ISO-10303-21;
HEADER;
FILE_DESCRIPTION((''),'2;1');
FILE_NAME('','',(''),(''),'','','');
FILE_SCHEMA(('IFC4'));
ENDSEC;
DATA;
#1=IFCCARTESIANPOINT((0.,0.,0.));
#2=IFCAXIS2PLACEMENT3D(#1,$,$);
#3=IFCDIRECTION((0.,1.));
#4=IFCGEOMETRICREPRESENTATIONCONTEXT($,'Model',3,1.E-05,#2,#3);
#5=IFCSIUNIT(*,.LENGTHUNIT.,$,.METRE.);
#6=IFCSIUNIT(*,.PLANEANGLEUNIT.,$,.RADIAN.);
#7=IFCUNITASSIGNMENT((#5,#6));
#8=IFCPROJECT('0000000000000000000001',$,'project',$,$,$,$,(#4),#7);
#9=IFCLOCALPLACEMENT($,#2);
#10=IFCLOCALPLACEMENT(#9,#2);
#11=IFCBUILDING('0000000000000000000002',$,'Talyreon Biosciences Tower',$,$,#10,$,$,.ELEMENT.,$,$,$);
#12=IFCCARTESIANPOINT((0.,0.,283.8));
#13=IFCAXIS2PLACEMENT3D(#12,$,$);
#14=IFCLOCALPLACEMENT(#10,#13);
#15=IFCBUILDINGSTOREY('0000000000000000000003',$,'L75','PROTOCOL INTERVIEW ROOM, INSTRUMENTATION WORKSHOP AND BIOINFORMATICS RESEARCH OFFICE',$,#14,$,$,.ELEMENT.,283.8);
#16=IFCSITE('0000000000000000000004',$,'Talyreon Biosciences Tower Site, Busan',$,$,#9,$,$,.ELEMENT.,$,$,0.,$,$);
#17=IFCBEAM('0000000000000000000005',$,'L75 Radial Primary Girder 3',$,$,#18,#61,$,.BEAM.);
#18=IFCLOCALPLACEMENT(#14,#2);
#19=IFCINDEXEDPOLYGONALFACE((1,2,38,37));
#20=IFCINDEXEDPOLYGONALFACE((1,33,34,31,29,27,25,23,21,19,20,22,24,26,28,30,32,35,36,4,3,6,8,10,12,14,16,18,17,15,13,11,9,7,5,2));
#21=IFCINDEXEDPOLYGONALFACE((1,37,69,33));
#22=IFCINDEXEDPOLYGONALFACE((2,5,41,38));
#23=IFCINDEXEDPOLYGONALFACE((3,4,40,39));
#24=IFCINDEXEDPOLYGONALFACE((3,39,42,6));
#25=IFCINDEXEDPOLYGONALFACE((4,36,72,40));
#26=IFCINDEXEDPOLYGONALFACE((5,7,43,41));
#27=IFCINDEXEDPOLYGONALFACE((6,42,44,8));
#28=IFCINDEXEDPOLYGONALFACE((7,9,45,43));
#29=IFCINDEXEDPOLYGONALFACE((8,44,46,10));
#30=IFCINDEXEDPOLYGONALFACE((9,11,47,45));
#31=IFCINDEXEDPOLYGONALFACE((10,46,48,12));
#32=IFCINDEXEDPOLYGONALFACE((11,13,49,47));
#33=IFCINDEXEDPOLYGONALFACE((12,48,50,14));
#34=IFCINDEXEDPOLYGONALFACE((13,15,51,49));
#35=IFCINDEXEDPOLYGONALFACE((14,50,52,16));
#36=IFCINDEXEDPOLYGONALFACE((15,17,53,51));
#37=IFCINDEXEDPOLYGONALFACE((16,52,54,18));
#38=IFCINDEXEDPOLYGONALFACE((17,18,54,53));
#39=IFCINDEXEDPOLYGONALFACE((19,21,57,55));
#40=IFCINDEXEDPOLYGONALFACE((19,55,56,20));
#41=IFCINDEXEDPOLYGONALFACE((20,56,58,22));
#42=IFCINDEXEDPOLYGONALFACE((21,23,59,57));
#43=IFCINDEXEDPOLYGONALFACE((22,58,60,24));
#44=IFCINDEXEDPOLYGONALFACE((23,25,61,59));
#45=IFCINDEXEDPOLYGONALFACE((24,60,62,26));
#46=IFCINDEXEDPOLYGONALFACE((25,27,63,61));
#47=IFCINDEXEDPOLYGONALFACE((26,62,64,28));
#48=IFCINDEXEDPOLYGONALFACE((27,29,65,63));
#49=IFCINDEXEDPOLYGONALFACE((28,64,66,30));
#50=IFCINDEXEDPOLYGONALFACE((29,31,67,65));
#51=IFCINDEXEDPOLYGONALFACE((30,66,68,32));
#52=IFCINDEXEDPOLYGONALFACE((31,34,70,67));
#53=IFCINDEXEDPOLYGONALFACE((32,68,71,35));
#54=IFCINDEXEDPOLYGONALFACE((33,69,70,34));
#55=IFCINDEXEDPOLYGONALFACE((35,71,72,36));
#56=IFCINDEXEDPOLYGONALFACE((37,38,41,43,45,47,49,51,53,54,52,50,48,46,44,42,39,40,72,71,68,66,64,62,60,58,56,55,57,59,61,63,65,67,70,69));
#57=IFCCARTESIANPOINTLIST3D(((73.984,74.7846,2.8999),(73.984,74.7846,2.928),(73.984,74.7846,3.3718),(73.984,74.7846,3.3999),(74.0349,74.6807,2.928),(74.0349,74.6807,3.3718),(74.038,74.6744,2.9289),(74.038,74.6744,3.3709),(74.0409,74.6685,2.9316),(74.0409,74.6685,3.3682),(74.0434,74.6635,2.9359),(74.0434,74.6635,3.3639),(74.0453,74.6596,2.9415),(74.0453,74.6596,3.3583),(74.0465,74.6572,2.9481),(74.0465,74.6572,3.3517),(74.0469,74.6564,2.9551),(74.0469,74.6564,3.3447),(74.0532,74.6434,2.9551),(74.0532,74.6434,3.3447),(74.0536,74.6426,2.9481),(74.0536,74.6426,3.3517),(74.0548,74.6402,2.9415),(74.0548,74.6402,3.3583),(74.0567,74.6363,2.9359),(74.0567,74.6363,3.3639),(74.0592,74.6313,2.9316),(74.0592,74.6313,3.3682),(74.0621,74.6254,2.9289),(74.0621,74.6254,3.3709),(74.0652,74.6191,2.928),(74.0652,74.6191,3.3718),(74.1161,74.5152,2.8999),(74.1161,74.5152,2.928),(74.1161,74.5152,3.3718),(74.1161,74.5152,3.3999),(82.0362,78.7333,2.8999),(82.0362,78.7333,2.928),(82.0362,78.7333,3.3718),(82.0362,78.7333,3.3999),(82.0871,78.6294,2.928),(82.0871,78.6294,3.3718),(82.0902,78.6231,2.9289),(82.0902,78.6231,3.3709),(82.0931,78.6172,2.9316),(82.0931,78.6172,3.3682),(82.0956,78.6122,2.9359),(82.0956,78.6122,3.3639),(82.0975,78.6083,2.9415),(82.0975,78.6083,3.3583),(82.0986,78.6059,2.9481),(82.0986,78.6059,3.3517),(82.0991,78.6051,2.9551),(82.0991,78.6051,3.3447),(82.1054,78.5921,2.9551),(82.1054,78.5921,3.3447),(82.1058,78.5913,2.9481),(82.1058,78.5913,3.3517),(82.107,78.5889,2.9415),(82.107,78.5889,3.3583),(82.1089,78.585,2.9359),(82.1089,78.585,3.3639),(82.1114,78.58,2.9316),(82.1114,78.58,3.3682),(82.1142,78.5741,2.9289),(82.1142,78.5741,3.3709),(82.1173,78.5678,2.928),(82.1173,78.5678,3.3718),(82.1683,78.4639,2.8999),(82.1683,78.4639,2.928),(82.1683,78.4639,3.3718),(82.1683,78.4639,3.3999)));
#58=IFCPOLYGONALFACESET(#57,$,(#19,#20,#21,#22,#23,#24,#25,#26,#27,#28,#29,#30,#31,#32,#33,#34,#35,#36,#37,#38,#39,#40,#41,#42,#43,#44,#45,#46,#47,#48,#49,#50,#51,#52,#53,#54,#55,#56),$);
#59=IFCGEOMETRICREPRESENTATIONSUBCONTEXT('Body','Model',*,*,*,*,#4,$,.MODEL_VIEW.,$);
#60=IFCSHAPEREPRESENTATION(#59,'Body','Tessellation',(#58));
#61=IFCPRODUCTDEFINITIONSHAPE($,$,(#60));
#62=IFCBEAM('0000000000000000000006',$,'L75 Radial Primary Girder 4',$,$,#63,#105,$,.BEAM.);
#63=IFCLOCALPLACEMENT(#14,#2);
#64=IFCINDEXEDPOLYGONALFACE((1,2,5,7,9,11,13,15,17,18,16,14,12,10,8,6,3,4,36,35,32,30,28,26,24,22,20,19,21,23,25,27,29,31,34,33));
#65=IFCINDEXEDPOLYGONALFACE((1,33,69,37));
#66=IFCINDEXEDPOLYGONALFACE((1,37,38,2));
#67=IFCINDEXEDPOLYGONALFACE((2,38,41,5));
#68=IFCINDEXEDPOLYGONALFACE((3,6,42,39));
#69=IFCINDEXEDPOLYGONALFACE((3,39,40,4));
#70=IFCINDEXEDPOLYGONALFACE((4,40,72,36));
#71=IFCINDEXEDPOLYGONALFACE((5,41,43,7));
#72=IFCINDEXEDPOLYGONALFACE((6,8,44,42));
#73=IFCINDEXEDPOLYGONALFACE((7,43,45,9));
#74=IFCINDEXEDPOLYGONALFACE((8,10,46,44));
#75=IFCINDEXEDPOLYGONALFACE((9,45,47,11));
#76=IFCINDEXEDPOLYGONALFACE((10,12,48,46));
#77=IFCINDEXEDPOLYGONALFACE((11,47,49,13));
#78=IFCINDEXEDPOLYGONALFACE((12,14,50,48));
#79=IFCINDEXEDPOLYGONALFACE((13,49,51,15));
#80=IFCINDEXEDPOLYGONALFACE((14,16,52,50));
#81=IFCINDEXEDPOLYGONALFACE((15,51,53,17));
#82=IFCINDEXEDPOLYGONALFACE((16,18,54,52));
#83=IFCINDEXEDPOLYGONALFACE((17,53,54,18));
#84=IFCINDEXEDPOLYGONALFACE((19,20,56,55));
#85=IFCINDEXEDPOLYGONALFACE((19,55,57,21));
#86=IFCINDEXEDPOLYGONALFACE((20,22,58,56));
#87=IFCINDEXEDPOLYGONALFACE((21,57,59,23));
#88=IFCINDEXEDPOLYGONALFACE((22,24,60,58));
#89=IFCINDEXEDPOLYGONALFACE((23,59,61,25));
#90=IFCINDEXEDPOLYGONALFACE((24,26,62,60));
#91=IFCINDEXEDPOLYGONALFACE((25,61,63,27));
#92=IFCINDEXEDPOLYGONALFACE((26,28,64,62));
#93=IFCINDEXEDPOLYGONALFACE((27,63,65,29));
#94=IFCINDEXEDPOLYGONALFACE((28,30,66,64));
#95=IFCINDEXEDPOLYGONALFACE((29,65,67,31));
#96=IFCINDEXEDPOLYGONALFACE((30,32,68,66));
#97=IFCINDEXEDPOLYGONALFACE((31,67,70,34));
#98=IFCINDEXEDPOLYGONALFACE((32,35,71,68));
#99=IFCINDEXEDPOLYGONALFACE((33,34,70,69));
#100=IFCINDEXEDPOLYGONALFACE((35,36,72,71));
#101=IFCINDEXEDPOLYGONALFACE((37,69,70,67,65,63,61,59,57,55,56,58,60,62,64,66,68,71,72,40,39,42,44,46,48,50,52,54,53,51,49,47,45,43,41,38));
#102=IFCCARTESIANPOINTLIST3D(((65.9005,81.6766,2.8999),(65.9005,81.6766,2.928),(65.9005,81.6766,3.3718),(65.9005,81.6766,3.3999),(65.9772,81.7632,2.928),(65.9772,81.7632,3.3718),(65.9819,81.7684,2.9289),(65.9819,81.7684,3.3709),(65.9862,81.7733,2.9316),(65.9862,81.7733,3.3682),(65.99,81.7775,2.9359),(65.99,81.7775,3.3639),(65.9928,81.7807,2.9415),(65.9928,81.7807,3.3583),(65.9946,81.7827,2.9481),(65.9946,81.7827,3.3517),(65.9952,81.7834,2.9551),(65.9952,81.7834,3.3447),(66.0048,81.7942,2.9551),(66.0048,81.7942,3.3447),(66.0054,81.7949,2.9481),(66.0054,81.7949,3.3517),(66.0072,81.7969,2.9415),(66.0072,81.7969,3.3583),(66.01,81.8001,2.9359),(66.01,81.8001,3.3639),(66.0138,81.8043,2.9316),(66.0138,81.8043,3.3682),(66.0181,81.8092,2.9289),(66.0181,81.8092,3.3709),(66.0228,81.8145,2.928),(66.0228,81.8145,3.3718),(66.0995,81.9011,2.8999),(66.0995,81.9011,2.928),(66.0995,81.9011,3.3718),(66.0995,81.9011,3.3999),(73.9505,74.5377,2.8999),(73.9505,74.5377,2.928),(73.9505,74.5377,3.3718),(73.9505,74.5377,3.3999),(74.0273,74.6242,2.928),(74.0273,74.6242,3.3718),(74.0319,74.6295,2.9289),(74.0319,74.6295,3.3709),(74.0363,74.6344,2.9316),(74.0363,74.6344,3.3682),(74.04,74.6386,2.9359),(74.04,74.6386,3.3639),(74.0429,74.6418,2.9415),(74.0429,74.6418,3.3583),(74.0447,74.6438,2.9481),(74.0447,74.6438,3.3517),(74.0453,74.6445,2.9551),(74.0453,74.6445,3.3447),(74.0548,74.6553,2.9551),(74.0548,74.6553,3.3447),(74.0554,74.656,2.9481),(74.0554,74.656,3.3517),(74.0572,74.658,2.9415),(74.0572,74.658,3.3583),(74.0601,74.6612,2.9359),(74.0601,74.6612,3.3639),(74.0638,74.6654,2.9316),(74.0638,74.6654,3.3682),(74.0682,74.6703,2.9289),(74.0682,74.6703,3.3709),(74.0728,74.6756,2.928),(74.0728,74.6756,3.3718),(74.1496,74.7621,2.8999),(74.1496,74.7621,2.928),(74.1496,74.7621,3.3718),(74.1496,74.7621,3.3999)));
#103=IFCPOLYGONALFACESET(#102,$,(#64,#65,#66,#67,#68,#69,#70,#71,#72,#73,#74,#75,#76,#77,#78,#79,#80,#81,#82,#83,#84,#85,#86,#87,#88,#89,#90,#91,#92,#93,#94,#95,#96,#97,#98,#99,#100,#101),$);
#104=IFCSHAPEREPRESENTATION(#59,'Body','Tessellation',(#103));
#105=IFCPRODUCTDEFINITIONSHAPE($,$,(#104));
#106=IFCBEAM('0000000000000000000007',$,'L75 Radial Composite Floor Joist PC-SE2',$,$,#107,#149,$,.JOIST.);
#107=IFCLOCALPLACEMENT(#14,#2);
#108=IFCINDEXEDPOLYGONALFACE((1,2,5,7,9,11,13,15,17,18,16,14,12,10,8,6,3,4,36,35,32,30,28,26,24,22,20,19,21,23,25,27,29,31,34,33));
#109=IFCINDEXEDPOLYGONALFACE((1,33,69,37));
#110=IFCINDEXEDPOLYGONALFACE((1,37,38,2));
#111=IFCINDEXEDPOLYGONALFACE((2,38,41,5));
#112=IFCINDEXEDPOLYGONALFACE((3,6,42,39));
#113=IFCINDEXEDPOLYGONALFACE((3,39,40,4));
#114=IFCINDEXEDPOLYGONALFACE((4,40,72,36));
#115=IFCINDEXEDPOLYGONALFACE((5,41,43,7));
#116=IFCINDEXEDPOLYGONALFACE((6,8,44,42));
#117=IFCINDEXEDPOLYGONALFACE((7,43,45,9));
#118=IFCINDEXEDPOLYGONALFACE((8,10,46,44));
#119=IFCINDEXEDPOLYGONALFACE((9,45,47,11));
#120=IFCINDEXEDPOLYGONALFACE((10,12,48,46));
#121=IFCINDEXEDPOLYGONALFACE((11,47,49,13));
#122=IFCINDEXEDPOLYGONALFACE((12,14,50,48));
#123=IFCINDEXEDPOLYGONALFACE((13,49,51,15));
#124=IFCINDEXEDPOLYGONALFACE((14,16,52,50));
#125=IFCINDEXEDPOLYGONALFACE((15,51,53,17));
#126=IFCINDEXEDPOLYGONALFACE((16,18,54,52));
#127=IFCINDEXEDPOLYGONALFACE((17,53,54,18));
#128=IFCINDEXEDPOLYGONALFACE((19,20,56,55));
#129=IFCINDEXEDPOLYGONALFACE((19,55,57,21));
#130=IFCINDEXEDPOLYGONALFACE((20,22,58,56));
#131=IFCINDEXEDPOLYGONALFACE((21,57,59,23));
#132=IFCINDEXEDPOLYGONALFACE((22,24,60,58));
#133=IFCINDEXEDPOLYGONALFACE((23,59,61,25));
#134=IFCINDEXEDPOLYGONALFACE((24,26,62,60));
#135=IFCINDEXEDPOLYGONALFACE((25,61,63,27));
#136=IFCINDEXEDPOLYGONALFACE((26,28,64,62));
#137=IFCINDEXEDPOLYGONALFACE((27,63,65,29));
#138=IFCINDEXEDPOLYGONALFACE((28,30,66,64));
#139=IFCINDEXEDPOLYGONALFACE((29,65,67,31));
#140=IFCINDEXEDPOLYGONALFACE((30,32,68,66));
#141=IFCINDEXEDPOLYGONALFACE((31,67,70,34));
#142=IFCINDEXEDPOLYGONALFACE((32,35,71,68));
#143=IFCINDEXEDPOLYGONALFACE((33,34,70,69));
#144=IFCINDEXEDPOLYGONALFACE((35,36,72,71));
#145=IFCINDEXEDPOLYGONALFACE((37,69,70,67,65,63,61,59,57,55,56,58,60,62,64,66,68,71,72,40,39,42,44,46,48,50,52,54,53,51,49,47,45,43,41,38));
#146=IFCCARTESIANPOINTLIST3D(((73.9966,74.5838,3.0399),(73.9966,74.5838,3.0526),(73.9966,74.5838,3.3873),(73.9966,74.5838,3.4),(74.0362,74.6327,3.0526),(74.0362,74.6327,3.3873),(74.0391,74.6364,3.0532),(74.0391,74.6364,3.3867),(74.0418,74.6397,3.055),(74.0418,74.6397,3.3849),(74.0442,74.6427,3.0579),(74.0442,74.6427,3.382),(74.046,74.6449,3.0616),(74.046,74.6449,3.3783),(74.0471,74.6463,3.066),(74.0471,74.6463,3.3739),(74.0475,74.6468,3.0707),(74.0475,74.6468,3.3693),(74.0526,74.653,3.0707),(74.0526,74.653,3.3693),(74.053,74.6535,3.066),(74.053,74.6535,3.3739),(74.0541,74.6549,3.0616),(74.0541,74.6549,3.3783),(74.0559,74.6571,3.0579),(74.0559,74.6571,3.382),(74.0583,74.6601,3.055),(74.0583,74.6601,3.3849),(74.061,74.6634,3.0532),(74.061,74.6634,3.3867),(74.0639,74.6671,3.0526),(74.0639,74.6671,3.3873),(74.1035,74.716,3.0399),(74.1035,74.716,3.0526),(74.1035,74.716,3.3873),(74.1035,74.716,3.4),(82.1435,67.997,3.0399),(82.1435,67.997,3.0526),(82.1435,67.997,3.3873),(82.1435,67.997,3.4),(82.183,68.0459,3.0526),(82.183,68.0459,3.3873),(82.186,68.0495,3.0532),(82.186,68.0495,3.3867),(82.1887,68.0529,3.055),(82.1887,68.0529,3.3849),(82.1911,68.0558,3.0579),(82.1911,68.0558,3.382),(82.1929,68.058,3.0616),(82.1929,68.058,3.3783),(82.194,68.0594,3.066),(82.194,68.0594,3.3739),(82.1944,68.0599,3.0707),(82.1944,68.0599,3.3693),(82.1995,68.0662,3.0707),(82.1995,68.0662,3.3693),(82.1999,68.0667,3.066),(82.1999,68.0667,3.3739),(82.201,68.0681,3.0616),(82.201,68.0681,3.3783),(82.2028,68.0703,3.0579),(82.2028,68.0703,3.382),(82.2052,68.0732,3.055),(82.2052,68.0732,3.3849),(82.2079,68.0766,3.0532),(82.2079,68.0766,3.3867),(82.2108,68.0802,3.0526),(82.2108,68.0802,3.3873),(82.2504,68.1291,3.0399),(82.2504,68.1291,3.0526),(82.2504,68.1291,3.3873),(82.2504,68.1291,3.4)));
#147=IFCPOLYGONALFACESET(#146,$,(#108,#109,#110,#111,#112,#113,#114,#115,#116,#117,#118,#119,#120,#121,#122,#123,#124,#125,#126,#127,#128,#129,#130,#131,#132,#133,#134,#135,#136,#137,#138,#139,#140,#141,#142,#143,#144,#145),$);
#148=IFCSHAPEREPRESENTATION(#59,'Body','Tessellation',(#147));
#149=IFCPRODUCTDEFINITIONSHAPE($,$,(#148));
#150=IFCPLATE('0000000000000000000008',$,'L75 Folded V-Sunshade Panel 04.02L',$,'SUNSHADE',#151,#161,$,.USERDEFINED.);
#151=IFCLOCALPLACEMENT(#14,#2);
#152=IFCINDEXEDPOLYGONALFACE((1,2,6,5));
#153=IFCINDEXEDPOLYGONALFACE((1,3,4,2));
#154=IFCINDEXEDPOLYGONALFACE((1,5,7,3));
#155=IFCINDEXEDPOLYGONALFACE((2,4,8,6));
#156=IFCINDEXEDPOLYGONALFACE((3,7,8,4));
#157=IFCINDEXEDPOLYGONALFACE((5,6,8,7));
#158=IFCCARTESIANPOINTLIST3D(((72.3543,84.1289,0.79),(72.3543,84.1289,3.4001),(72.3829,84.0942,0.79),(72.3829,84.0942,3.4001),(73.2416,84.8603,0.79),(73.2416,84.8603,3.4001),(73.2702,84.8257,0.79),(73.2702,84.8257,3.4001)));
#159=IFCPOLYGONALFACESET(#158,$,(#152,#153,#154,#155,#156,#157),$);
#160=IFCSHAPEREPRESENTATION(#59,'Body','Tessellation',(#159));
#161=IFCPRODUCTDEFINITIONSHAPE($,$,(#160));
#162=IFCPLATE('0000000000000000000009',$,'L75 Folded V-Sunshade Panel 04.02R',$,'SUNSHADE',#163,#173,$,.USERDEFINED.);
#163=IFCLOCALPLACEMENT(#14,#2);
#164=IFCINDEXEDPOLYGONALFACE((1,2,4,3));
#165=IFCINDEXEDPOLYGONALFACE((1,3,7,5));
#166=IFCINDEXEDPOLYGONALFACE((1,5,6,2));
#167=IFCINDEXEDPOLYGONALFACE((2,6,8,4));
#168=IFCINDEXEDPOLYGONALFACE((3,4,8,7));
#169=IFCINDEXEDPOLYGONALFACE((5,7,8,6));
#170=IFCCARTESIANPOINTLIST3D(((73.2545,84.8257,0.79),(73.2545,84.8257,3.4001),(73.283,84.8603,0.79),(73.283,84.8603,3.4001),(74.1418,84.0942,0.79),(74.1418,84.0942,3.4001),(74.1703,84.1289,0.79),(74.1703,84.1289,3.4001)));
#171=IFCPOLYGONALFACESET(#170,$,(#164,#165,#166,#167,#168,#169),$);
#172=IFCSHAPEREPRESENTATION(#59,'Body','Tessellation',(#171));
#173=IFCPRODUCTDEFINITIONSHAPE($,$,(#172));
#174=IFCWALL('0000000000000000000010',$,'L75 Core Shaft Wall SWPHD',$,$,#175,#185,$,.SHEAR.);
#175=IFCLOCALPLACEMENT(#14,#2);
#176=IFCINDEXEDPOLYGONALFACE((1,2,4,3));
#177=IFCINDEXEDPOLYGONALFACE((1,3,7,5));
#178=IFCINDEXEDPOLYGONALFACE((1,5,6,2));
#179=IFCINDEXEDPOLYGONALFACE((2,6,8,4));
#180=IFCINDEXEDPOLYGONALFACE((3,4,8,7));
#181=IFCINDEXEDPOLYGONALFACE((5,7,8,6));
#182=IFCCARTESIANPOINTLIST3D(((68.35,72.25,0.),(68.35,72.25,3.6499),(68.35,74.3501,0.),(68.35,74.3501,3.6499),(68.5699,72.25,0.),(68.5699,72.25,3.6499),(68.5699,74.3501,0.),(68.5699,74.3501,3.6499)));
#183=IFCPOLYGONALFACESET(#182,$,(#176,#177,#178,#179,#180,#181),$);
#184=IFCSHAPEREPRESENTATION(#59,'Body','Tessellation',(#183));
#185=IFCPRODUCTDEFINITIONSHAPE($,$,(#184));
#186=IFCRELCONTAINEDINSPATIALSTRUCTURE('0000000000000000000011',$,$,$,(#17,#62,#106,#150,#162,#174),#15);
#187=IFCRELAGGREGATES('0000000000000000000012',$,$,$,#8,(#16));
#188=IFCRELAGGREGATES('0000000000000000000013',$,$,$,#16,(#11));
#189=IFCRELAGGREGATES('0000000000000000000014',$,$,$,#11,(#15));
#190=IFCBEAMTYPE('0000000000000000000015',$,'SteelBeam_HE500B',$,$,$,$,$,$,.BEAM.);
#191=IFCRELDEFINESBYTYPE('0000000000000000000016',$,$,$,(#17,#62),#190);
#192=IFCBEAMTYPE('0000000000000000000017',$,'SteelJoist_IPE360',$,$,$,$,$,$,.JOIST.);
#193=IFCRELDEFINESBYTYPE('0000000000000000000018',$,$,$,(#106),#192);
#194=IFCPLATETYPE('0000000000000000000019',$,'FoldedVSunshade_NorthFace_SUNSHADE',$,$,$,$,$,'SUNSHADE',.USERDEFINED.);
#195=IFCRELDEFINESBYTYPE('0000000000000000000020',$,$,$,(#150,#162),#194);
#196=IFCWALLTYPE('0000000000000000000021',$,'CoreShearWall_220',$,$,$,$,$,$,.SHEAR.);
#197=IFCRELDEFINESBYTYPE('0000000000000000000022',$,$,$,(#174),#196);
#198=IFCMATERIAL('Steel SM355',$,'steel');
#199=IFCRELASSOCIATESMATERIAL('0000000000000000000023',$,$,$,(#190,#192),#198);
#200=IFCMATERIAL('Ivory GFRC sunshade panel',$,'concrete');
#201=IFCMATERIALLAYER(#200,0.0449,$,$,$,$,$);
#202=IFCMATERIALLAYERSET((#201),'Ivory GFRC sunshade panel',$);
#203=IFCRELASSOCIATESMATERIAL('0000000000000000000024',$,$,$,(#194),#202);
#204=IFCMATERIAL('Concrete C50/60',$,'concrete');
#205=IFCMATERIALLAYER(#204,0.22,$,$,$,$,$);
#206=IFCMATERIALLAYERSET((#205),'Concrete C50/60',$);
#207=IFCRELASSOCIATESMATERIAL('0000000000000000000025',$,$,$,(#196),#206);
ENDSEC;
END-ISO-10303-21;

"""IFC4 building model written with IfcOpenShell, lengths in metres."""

from ifc_helpers import new_model, si_unit, direction, frame, frame_2d, origin, origin_2d, place, context, subcontext, project, spatial, rectangle, i_section, extrude, material, layer, layer_set, material_profile, profile_set, type_object, element, save


model = new_model("IFC4")

# Units and contexts
model_context = context("Model", 3, precision=1e-05, world=origin(), true_north=direction((0.0, 1.0)))
body_context = subcontext(model_context, "Body", "Model", "MODEL_VIEW")
ifc_project = project(units=[si_unit("LENGTHUNIT", "METRE"), si_unit("PLANEANGLEUNIT", "RADIAN")], contexts=[model_context])

# Site, building, storey
site_placement = place(None, origin())
site = spatial("IfcSite", under=ifc_project, at=site_placement, Name="Talyreon Biosciences Tower Site, Busan", CompositionType="ELEMENT", RefElevation=0.0)
building_placement = place(site_placement, origin())
building = spatial("IfcBuilding", under=site, at=building_placement, Name="Talyreon Biosciences Tower", CompositionType="ELEMENT")
storey_placement = place(building_placement, frame((0.0, 0.0, 283.8)))
storey = spatial("IfcBuildingStorey", under=building, at=storey_placement, Name="L75", Description="PROTOCOL INTERVIEW ROOM, INSTRUMENTATION WORKSHOP AND BIOINFORMATICS RESEARCH OFFICE", CompositionType="ELEMENT", Elevation=283.8)

# Shared definitions
ifc_material_1 = material(Name="Concrete C50/60", Category="concrete")

# Beams
ifc_material_2 = material(Name="Steel SM355", Category="steel")
ifc_material_profile_1 = material_profile(ifc_material_2, i_section(OverallWidth=0.3, OverallDepth=0.5, WebThickness=0.0144, FlangeThickness=0.0281, FilletRadius=0.0271, at=origin_2d()), Name="HE500B")
ifc_profile_set_1 = profile_set([ifc_material_profile_1], Name="Steel SM355")
beam_type_1 = type_object("IfcBeamType", Name="SteelBeam_HE500B", PredefinedType="BEAM", material=ifc_profile_set_1)
beam_1_placement = place(storey_placement, frame((74.05, 74.6499, 3.1499), z_axis=(0.897852, 0.440297, 0.0), x_axis=(-0.440297, 0.897852, 0.0)))
element("IfcBeam", 1, at=beam_1_placement, inside=storey, type_object=beam_type_1, Name="L75 Radial Primary Girder 3", PredefinedType="BEAM", context=body_context, shape_type="SweptSolid", body=[
    extrude(i_section(OverallWidth=0.3, OverallDepth=0.5, WebThickness=0.0144, FlangeThickness=0.0281, FilletRadius=0.0271, at=origin_2d()), origin(), (0.0, 0.0, 1.0), 8.9683),
])
beam_2_placement = place(storey_placement, frame((74.05, 74.6499, 3.1499), z_axis=(-0.748179, 0.663497, 0.0), x_axis=(-0.663497, -0.748179, 0.0)))
element("IfcBeam", 2, at=beam_2_placement, inside=storey, type_object=beam_type_1, Name="L75 Radial Primary Girder 4", PredefinedType="BEAM", context=body_context, shape_type="SweptSolid", body=[
    extrude(i_section(OverallWidth=0.3, OverallDepth=0.5, WebThickness=0.0144, FlangeThickness=0.0281, FilletRadius=0.0271, at=origin_2d()), origin(), (0.0, 0.0, 1.0), 10.7595),
])
ifc_material_profile_2 = material_profile(ifc_material_2, i_section(OverallWidth=0.1699, OverallDepth=0.3601, WebThickness=0.0081, FlangeThickness=0.0127, FilletRadius=0.0181, at=origin_2d()), Name="IPE360")
ifc_profile_set_2 = profile_set([ifc_material_profile_2], Name="Steel SM355")
beam_type_2 = type_object("IfcBeamType", Name="SteelJoist_IPE360", PredefinedType="JOIST", material=ifc_profile_set_2)
beam_3_placement = place(storey_placement, frame((74.05, 74.6499, 3.22), z_axis=(0.77763, -0.628722, 0.0), x_axis=(0.628722, 0.77763, 0.0)))
element("IfcBeam", 3, at=beam_3_placement, inside=storey, type_object=beam_type_2, Name="L75 Radial Composite Floor Joist PC-SE2", PredefinedType="JOIST", context=body_context, shape_type="SweptSolid", body=[
    extrude(i_section(OverallWidth=0.1699, OverallDepth=0.3601, WebThickness=0.0081, FlangeThickness=0.0127, FilletRadius=0.0181, at=origin_2d()), origin(), (0.0, 0.0, 1.0), 10.4766),
])

# Plates
ifc_material_3 = material(Name="Ivory GFRC sunshade panel", Category="concrete")
ifc_layer_1 = layer(ifc_material_3, 0.0449)
ifc_layer_set_1 = layer_set([ifc_layer_1], Name="Ivory GFRC sunshade panel")
plate_type = type_object("IfcPlateType", Name="FoldedVSunshade_NorthFace_SUNSHADE", ElementType="SUNSHADE", PredefinedType="USERDEFINED", material=ifc_layer_set_1)
for number, where, z_axis, x_axis, name in (
    (4, (72.8123, 84.4773, 0.79), (0.0, 0.0, 1.0), (0.771625, 0.636078, 0.0), "L75 Folded V-Sunshade Panel 04.02L"),
    (5, (73.7124, 84.4773, 0.79), (0.0, 0.0, 1.0), (0.771625, -0.636078, 0.0), "L75 Folded V-Sunshade Panel 04.02R"),
):
    element("IfcPlate", number, at=place(storey_placement, frame(where, z_axis=z_axis, x_axis=x_axis)), inside=storey, type_object=plate_type, Name=name, ObjectType="SUNSHADE", PredefinedType="USERDEFINED", context=body_context, shape_type="SweptSolid", body=[
        extrude(rectangle(XDim=1.1499, YDim=0.0449, at=origin_2d()), origin(), (0.0, 0.0, 1.0), 2.6101),
    ])

# Wall
ifc_layer_2 = layer(ifc_material_1, 0.22)
ifc_layer_set_2 = layer_set([ifc_layer_2], Name="Concrete C50/60")
wall_type_1 = type_object("IfcWallType", Name="CoreShearWall_220", PredefinedType="SHEAR", material=ifc_layer_set_2)
wall_1_placement = place(storey_placement, frame((68.46, 72.25, 0.0), z_axis=(0.0, 0.0, 1.0), x_axis=(0.0, 1.0, 0.0)))
element("IfcWall", 6, at=wall_1_placement, inside=storey, type_object=wall_type_1, Name="L75 Core Shaft Wall SWPHD", PredefinedType="SHEAR", context=body_context, shape_type="SweptSolid", body=[
    extrude(rectangle(XDim=2.1001, YDim=0.22, at=frame_2d((1.05, 0.0))), origin(), (0.0, 0.0, 1.0), 3.6499),
])

save(model, "model.ifc")
